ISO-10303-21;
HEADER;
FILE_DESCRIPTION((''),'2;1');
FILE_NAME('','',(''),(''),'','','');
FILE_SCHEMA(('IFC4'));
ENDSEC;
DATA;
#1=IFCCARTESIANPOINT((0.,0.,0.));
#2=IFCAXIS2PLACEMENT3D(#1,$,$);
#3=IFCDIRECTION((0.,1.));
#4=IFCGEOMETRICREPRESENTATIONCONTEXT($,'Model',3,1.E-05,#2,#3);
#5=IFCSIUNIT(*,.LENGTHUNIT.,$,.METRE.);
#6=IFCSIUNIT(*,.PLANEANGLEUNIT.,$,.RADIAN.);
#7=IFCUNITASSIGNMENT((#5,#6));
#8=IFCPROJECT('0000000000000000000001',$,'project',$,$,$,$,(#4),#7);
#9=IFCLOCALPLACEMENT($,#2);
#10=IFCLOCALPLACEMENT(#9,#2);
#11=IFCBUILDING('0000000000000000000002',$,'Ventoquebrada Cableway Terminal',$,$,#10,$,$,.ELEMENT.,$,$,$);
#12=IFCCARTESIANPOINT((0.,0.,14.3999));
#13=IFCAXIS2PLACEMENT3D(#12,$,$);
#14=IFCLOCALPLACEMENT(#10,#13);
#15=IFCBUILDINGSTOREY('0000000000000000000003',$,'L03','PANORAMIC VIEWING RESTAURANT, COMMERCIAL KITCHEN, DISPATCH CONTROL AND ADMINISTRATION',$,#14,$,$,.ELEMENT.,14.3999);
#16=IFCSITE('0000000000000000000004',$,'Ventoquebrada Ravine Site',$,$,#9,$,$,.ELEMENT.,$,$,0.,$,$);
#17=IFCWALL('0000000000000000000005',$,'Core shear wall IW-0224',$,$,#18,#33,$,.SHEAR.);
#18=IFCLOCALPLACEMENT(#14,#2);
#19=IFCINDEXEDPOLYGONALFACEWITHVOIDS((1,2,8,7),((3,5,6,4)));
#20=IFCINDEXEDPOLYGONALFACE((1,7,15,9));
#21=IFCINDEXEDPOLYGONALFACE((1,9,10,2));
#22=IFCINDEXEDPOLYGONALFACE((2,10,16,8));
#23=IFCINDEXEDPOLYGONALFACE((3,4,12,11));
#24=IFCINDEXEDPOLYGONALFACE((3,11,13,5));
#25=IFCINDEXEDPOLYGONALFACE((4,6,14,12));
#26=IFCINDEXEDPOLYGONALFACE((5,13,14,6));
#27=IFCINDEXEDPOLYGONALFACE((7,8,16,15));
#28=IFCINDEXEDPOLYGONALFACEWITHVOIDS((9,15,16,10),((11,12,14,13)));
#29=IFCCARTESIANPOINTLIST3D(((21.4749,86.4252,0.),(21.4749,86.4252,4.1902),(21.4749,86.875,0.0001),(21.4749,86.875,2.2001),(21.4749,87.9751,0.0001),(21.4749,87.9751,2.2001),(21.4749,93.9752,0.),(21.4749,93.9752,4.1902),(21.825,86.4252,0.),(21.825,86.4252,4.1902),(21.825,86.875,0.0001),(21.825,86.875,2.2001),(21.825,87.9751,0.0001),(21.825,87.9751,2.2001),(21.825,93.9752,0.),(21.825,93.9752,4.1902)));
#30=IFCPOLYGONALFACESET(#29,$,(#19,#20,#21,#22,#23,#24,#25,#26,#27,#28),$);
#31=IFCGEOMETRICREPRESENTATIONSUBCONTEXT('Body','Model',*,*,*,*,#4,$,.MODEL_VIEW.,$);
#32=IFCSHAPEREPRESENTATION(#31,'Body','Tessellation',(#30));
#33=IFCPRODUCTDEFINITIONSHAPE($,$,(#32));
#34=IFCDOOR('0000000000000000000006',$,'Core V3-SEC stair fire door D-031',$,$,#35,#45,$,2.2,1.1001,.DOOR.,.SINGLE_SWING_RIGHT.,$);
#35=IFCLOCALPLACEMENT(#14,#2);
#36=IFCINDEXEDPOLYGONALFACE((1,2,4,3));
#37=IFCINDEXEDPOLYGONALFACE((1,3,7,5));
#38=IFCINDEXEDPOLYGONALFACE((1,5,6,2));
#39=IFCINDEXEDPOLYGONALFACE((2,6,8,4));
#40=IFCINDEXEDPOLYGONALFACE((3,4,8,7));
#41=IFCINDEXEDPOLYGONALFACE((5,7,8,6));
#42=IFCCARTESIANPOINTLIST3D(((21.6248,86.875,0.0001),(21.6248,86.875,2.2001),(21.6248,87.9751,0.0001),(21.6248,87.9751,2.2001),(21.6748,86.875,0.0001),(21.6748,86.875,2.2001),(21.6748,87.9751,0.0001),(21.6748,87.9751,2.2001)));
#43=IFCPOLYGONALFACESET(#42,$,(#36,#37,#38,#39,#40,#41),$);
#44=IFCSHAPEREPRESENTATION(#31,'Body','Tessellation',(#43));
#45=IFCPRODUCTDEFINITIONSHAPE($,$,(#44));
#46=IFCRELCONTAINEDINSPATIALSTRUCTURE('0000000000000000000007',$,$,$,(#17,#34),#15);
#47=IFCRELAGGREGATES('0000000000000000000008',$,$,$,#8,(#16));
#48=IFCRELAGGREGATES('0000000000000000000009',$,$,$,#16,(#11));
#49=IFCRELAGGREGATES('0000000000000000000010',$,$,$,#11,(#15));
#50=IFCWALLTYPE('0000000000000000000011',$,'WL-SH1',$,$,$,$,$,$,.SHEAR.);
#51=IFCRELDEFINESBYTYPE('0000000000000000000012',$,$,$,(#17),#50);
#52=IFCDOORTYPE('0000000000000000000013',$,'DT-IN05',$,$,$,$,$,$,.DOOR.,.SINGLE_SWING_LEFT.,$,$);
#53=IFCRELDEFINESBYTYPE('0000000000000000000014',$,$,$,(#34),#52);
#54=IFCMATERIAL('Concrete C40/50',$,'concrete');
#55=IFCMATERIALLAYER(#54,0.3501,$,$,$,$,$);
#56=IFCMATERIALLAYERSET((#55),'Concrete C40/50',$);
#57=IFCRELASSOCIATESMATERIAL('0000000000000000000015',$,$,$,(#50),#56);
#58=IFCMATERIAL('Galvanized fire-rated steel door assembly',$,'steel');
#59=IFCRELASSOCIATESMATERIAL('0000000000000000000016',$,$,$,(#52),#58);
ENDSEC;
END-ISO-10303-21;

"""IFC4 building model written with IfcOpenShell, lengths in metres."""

from ifc_helpers import new_model, si_unit, direction, frame, frame_2d, origin, place, context, subcontext, project, spatial, rectangle, extrude, material, layer, layer_set, type_object, element, fill, save


model = new_model("IFC4")

# Units and contexts
model_context = context("Model", 3, precision=1e-05, world=origin(), true_north=direction((0.0, 1.0)))
body_context = subcontext(model_context, "Body", "Model", "MODEL_VIEW")
ifc_project = project(units=[si_unit("LENGTHUNIT", "METRE"), si_unit("PLANEANGLEUNIT", "RADIAN")], contexts=[model_context])

# Site, building, storey
site_placement = place(None, origin())
site = spatial("IfcSite", under=ifc_project, at=site_placement, Name="Ventoquebrada Ravine Site", CompositionType="ELEMENT", RefElevation=0.0)
building_placement = place(site_placement, origin())
building = spatial("IfcBuilding", under=site, at=building_placement, Name="Ventoquebrada Cableway Terminal", CompositionType="ELEMENT")
storey_placement = place(building_placement, frame((0.0, 0.0, 14.3999)))
storey = spatial("IfcBuildingStorey", under=building, at=storey_placement, Name="L03", Description="PANORAMIC VIEWING RESTAURANT, COMMERCIAL KITCHEN, DISPATCH CONTROL AND ADMINISTRATION", CompositionType="ELEMENT", Elevation=14.3999)

# Shared definitions
ifc_material_1 = material(Name="Concrete C40/50", Category="concrete")

# Shared definitions
ifc_material_2 = material(Name="Galvanized fire-rated steel door assembly", Category="steel")

# Wall, opening, door
ifc_layer_1 = layer(ifc_material_1, 0.3501)
ifc_layer_set_1 = layer_set([ifc_layer_1], Name="Concrete C40/50")
wall_type_1 = type_object("IfcWallType", Name="WL-SH1", PredefinedType="SHEAR", material=ifc_layer_set_1)
wall_1_placement = place(storey_placement, frame((21.6499, 93.9751, 0.0), z_axis=(0.0, 0.0, 1.0), x_axis=(0.0, -1.0, 0.0)))
wall_1 = element("IfcWall", 1, at=wall_1_placement, inside=storey, type_object=wall_type_1, Name="Core shear wall IW-0224", PredefinedType="SHEAR", context=body_context, shape_type="SweptSolid", body=[
    extrude(rectangle(XDim=7.55, YDim=0.3501, at=frame_2d((3.7749, 0.0))), origin(), (0.0, 0.0, 1.0), 4.1902),
])
opening_1_placement = place(wall_1_placement, frame((6.0, 0.0, 0.0)))
opening_1 = element("IfcOpeningElement", 2, at=opening_1_placement, cuts=wall_1, PredefinedType="OPENING", context=body_context, shape_type="SweptSolid", body=[
    extrude(rectangle(XDim=1.1001, YDim=2.2, at=frame_2d((0.55, 1.1001))), frame((0.0, 0.1851, 0.0), z_axis=(0.0, -1.0, 0.0), x_axis=(1.0, 0.0, 0.0)), (0.0, 0.0, 1.0), 0.3701),
])
door_type_1 = type_object("IfcDoorType", Name="DT-IN05", OperationType="SINGLE_SWING_LEFT", PredefinedType="DOOR", material=ifc_material_2)
door_1_placement = place(opening_1_placement, origin())
door_1 = element("IfcDoor", 3, at=door_1_placement, inside=storey, type_object=door_type_1, Name="Core V3-SEC stair fire door D-031", OperationType="SINGLE_SWING_RIGHT", OverallHeight=2.2, OverallWidth=1.1001, PredefinedType="DOOR", context=body_context, shape_type="SweptSolid", body=[
    extrude(rectangle(XDim=1.1001, YDim=2.2, at=frame_2d((0.55, 1.1001))), frame((0.0, 0.0249, 0.0), z_axis=(0.0, -1.0, 0.0), x_axis=(1.0, 0.0, 0.0)), (0.0, 0.0, 1.0), 0.05),
])
fill(opening_1, door_1)

save(model, "model.ifc")
